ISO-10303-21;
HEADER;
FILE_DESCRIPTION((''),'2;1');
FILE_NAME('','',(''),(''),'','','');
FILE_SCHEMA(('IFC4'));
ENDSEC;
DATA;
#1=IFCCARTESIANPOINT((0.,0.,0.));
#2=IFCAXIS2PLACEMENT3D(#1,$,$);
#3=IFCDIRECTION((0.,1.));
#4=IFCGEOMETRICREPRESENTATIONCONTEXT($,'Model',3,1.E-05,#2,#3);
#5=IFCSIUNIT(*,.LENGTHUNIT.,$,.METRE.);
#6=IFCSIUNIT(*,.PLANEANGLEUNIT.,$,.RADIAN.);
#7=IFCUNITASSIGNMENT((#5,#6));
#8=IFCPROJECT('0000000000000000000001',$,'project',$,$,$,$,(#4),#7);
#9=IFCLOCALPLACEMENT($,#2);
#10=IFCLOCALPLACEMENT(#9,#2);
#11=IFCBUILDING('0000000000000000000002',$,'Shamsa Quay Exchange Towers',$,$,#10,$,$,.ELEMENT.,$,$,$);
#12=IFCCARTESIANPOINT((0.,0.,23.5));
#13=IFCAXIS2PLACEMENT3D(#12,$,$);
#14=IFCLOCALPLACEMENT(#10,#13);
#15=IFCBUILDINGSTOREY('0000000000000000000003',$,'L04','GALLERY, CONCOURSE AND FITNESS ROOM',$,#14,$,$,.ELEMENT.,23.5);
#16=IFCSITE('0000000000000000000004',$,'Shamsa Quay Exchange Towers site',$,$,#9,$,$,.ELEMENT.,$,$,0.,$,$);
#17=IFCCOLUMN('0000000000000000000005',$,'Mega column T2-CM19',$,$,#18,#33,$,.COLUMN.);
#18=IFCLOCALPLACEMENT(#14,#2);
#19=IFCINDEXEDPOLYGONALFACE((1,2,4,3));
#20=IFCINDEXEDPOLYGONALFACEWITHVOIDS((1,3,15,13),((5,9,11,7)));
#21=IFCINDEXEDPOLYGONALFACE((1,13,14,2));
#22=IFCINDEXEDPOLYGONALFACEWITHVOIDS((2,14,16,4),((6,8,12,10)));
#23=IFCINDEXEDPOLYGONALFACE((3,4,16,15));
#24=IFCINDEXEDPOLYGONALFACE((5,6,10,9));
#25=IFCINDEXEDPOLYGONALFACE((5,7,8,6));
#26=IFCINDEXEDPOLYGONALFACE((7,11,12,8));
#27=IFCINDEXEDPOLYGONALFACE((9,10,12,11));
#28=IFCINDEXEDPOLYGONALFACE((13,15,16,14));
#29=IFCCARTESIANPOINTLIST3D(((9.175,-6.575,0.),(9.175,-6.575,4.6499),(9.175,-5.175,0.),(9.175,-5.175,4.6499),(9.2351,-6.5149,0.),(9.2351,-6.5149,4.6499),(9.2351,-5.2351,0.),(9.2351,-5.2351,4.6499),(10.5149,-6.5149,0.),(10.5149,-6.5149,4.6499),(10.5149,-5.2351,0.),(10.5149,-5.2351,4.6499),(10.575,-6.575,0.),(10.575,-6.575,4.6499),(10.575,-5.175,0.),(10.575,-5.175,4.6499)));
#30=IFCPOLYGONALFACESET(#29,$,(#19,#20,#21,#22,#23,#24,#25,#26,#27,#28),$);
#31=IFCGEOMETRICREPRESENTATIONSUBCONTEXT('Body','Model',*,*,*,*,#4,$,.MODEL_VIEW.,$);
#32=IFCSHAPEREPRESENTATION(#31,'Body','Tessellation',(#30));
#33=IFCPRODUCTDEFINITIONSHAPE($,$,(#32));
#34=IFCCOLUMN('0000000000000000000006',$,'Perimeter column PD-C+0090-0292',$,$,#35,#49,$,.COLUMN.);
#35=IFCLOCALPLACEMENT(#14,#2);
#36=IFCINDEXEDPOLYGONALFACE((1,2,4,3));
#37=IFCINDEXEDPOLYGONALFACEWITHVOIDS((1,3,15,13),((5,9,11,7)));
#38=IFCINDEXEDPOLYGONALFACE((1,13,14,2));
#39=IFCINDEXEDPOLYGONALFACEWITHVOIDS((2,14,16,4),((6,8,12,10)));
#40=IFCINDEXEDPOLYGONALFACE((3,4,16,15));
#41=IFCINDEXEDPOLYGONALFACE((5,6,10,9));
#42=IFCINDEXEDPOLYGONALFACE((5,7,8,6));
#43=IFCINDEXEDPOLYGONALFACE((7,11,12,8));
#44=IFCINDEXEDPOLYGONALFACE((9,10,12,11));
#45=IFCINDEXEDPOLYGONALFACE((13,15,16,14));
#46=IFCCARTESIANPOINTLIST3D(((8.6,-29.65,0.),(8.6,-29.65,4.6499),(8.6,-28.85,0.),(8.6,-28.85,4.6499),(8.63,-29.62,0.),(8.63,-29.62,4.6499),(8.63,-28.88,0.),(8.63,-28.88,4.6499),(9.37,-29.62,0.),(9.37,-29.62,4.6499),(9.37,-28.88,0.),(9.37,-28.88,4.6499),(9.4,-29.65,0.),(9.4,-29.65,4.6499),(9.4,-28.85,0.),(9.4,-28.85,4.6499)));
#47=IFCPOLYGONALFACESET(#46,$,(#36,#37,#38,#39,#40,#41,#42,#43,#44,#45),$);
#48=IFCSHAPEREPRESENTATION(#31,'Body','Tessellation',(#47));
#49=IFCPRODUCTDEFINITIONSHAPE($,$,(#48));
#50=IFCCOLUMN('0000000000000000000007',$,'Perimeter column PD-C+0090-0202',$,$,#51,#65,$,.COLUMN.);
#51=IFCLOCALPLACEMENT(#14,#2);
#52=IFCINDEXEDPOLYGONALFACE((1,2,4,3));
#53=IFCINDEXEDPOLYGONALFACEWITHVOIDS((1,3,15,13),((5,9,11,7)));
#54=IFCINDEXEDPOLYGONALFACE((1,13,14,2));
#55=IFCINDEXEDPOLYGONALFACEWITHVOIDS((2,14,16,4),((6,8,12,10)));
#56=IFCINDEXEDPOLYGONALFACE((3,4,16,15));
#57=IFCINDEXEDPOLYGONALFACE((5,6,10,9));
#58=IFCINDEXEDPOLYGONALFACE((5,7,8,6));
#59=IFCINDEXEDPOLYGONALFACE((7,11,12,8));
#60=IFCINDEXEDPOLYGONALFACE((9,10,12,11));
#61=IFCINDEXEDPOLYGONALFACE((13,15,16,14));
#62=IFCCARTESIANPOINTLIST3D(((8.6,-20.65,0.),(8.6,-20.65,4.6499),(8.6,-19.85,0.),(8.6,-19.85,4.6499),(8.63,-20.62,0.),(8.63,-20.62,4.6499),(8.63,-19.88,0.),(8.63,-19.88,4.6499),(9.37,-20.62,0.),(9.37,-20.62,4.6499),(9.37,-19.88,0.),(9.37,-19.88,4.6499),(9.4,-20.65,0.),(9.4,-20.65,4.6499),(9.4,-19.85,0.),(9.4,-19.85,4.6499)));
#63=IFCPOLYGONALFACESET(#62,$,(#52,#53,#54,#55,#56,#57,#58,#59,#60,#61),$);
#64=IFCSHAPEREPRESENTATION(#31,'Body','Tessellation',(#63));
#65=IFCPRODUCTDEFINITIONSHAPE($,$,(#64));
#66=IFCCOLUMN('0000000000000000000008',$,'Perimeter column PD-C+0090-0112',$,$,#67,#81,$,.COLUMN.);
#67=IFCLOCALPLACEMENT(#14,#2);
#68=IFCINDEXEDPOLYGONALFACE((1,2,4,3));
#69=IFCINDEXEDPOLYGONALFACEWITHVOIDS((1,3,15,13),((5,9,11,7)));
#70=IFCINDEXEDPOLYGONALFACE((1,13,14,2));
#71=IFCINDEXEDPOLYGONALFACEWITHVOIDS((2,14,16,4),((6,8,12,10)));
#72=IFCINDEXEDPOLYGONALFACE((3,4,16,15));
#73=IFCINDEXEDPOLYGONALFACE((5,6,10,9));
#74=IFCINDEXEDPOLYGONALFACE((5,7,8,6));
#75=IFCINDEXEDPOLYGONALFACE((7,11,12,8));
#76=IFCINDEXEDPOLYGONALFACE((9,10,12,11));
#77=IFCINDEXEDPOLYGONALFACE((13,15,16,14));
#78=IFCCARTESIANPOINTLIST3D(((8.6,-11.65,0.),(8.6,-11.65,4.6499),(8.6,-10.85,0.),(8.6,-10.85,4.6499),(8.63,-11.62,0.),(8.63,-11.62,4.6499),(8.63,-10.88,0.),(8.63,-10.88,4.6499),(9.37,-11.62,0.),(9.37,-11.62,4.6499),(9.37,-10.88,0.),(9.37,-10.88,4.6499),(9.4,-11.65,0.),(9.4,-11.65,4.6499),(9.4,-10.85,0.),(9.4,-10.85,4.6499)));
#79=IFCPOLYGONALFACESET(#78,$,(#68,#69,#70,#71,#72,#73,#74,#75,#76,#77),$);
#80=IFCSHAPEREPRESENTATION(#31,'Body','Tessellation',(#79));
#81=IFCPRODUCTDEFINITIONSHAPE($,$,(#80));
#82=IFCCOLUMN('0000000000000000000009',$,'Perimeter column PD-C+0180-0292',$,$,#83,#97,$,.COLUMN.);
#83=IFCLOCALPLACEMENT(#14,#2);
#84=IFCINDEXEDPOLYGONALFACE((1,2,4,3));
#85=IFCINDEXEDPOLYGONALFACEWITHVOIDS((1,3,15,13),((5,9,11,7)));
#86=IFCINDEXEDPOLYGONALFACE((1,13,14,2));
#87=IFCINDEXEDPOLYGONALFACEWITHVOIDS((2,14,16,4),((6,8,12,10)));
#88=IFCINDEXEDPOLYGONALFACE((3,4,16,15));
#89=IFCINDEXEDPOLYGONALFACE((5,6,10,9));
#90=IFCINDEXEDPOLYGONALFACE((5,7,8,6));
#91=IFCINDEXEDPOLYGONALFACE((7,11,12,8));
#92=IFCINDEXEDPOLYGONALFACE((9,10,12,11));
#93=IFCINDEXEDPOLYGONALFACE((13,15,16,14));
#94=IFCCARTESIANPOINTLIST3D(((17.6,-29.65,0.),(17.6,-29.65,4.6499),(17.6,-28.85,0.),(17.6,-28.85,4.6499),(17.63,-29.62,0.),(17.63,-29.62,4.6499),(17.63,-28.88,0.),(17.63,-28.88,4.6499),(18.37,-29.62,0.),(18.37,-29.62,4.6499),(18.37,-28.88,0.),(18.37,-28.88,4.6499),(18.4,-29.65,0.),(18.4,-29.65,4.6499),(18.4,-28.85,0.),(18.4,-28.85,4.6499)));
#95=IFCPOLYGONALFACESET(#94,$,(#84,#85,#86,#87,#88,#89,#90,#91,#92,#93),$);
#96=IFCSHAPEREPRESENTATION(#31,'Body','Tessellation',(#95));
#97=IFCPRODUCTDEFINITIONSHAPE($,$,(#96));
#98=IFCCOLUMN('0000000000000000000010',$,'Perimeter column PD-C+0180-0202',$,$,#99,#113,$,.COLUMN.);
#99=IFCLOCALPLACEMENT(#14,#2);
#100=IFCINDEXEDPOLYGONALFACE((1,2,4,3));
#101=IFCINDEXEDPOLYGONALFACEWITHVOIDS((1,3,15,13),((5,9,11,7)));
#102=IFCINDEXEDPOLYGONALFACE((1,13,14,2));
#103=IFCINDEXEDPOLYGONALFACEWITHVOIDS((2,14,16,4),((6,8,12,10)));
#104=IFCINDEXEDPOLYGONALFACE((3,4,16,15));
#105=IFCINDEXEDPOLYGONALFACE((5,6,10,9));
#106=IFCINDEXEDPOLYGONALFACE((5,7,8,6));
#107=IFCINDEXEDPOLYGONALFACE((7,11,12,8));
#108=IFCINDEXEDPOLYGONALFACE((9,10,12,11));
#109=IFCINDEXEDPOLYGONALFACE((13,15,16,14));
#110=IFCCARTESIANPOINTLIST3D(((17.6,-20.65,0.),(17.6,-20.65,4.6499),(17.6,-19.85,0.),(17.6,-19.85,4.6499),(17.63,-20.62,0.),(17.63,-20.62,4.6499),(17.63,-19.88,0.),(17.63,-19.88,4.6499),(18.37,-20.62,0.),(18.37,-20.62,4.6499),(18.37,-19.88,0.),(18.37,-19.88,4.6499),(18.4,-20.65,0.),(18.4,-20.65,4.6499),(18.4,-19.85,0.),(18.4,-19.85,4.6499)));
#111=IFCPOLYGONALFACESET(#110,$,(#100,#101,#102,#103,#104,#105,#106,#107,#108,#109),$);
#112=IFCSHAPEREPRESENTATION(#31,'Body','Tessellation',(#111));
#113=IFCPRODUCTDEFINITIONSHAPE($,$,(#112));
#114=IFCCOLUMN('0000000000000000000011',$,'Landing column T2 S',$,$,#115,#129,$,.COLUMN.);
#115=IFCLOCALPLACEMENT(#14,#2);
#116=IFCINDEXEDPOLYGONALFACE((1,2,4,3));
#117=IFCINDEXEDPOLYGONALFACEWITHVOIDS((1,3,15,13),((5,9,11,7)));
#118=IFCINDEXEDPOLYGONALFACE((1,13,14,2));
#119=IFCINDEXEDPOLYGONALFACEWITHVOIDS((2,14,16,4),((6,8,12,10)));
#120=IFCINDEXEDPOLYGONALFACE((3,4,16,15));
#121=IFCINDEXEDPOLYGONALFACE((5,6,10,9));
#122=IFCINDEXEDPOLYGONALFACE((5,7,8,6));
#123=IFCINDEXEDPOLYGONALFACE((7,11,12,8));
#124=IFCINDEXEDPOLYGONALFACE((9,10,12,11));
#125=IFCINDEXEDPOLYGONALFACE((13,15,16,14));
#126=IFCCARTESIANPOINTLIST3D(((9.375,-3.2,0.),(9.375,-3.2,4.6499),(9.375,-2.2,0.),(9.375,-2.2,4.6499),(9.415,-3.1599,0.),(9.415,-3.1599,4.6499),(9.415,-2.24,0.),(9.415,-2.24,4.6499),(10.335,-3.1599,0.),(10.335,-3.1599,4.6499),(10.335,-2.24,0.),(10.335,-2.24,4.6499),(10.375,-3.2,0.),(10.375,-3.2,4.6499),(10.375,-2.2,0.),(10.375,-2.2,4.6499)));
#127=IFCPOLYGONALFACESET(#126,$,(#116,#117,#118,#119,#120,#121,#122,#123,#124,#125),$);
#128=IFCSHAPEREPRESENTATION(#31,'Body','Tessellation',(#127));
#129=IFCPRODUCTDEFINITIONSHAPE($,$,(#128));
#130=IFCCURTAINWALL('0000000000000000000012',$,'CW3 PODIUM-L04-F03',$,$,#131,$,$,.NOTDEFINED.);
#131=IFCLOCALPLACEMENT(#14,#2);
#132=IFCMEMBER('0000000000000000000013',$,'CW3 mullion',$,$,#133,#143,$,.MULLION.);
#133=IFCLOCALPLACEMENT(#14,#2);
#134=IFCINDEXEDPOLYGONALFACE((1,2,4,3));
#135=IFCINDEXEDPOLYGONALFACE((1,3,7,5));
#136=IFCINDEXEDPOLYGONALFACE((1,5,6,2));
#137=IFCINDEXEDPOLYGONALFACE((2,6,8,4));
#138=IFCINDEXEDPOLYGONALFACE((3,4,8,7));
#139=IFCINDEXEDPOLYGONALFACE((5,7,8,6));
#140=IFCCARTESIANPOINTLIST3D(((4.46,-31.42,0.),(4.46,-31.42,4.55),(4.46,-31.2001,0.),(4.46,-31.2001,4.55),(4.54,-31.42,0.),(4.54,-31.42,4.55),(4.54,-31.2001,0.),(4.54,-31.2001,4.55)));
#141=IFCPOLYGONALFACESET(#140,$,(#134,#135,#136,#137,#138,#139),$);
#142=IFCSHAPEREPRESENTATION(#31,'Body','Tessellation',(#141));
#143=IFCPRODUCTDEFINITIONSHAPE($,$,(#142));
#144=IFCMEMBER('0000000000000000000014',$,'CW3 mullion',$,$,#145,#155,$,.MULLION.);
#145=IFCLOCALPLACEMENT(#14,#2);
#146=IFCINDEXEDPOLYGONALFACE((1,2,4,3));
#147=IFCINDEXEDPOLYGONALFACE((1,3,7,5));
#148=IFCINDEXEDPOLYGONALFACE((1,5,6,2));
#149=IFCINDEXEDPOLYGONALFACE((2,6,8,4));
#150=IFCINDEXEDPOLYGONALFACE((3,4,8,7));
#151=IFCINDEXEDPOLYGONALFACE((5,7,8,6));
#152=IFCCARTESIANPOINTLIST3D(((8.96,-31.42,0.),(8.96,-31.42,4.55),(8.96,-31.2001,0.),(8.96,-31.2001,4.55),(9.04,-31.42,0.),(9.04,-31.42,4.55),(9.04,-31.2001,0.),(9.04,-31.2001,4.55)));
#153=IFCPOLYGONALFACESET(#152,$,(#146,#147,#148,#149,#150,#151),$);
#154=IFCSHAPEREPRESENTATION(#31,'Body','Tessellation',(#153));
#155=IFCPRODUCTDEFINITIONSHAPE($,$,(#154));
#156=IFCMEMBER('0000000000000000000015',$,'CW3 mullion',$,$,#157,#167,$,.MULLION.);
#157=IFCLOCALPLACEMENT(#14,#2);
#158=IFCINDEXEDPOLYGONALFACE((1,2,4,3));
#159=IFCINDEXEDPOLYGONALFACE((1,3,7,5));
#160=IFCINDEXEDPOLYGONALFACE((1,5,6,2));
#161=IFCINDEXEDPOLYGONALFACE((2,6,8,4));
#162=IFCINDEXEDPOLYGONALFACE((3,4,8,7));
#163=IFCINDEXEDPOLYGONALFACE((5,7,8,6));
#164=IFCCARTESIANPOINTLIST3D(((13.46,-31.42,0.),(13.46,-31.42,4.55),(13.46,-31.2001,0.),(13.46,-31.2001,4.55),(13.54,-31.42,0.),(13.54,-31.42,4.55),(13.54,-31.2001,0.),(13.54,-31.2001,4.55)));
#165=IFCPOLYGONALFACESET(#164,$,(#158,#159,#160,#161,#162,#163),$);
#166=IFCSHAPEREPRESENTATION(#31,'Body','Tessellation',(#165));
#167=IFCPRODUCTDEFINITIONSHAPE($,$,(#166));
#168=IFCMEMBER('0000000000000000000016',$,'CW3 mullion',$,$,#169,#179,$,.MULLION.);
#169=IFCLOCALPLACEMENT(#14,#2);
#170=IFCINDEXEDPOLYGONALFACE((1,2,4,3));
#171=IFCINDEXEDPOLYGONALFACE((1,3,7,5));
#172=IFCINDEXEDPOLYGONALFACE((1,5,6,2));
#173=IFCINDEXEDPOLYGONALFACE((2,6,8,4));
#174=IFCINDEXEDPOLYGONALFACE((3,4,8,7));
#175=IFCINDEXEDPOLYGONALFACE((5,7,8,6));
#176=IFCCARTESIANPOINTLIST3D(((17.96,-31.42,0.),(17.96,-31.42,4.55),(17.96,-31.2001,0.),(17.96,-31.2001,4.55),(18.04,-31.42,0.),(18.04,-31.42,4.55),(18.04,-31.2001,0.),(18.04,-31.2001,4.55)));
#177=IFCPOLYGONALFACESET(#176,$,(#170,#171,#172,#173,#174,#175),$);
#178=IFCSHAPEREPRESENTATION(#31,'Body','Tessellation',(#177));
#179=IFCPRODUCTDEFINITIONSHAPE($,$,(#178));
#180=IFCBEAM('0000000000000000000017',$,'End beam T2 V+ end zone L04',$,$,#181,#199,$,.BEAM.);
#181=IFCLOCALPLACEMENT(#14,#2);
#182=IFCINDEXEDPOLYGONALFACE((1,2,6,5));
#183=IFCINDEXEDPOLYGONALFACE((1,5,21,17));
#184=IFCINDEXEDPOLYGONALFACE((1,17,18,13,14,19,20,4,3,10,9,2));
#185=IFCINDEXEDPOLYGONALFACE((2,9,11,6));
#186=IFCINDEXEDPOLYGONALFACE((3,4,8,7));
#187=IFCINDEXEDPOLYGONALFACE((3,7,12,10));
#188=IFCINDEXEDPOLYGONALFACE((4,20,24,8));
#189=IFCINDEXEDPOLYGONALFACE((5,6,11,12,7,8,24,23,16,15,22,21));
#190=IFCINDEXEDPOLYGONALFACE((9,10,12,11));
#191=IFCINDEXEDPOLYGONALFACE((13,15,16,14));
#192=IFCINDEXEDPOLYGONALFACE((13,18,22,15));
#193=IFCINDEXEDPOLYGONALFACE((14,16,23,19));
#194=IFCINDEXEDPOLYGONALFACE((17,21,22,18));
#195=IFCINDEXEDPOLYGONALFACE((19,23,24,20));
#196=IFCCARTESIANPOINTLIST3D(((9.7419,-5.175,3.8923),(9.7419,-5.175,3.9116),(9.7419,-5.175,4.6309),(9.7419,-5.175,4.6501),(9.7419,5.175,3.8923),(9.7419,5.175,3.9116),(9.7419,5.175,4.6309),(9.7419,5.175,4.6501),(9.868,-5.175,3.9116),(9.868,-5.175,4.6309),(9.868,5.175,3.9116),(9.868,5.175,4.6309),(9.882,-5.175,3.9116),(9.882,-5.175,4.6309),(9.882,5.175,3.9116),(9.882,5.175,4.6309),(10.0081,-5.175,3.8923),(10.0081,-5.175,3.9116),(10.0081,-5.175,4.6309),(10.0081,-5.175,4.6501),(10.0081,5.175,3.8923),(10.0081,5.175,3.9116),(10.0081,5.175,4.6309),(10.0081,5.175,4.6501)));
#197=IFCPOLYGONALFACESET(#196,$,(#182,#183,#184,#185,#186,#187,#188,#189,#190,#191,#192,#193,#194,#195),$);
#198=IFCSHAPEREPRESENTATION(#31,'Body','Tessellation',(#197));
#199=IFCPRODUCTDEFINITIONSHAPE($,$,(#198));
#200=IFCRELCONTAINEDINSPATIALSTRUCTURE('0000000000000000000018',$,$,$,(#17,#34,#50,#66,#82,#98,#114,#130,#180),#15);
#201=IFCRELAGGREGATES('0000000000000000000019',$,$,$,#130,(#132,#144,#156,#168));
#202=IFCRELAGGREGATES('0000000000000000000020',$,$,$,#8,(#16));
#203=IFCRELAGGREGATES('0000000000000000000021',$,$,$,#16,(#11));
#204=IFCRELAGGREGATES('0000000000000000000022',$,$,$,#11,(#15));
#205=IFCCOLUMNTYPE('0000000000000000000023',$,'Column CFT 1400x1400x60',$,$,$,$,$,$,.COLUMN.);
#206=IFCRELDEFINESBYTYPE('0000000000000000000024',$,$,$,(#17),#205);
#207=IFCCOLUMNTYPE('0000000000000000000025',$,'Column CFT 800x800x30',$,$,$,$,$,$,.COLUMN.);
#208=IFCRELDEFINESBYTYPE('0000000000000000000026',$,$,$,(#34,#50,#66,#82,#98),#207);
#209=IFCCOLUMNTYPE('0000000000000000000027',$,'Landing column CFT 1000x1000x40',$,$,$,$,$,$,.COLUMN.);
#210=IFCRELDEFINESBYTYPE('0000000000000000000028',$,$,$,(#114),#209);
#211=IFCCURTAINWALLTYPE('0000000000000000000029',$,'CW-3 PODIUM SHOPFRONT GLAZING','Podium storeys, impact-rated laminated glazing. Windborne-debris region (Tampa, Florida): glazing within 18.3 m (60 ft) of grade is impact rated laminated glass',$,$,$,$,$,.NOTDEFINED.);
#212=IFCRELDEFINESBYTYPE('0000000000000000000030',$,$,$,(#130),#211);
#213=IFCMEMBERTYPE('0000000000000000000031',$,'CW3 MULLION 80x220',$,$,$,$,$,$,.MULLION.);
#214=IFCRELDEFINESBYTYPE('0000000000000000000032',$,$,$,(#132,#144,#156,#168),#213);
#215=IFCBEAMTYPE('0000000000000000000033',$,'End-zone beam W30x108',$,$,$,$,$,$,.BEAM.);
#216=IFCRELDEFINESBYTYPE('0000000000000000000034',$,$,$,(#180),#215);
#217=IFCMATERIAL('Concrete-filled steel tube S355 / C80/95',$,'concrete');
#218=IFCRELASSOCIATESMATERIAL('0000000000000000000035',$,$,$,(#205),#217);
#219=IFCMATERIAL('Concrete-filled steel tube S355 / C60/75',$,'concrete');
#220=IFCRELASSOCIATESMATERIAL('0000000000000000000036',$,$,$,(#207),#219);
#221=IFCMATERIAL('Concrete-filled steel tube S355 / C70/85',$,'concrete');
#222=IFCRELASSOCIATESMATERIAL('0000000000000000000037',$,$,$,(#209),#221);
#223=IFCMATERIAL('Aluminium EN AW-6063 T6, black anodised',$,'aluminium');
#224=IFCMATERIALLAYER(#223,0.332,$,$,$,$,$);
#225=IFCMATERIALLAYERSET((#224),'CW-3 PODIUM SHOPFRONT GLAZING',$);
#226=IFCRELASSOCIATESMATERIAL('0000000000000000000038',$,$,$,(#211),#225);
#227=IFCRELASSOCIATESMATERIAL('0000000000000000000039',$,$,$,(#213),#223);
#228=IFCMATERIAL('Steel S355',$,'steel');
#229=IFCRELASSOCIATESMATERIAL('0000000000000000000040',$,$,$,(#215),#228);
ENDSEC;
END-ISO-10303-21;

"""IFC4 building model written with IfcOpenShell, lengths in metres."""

from ifc_helpers import new_model, si_unit, direction, frame, origin, origin_2d, place, context, subcontext, project, spatial, rectangle, hollow_rectangle, i_section, extrude, material, layer, layer_set, material_profile, profile_set, type_object, element, aggregate, save


model = new_model("IFC4")

# Units and contexts
model_context = context("Model", 3, precision=1e-05, world=origin(), true_north=direction((0.0, 1.0)))
body_context = subcontext(model_context, "Body", "Model", "MODEL_VIEW")
ifc_project = project(units=[si_unit("LENGTHUNIT", "METRE"), si_unit("PLANEANGLEUNIT", "RADIAN")], contexts=[model_context])

# Site, building, storey
site_placement = place(None, origin())
site = spatial("IfcSite", under=ifc_project, at=site_placement, Name="Shamsa Quay Exchange Towers site", CompositionType="ELEMENT", RefElevation=0.0)
building_placement = place(site_placement, origin())
building = spatial("IfcBuilding", under=site, at=building_placement, Name="Shamsa Quay Exchange Towers", CompositionType="ELEMENT")
storey_placement = place(building_placement, frame((0.0, 0.0, 23.5)))
storey = spatial("IfcBuildingStorey", under=building, at=storey_placement, Name="L04", Description="GALLERY, CONCOURSE AND FITNESS ROOM", CompositionType="ELEMENT", Elevation=23.5)

# Columns
ifc_material_1 = material(Name="Concrete-filled steel tube S355 / C80/95", Category="concrete")
ifc_material_profile_1 = material_profile(ifc_material_1, hollow_rectangle(XDim=1.3999, YDim=1.3999, WallThickness=0.0601, at=origin_2d()), Name="CFT 1400x1400x60")
ifc_profile_set_1 = profile_set([ifc_material_profile_1], Name="Concrete-filled steel tube S355 / C80/95")
column_type_1 = type_object("IfcColumnType", Name="Column CFT 1400x1400x60", PredefinedType="COLUMN", material=ifc_profile_set_1)
column_1_placement = place(storey_placement, frame((9.875, -5.875, 0.0)))
element("IfcColumn", 1, at=column_1_placement, inside=storey, type_object=column_type_1, Name="Mega column T2-CM19", PredefinedType="COLUMN", context=body_context, shape_type="SweptSolid", body=[
    extrude(hollow_rectangle(XDim=1.3999, YDim=1.3999, WallThickness=0.0601, at=origin_2d()), origin(), (0.0, 0.0, 1.0), 4.6499),
])
ifc_material_2 = material(Name="Concrete-filled steel tube S355 / C60/75", Category="concrete")
ifc_material_profile_2 = material_profile(ifc_material_2, hollow_rectangle(XDim=0.8, YDim=0.8, WallThickness=0.03, at=origin_2d()), Name="CFT 800x800x30")
ifc_profile_set_2 = profile_set([ifc_material_profile_2], Name="Concrete-filled steel tube S355 / C60/75")
column_type_2 = type_object("IfcColumnType", Name="Column CFT 800x800x30", PredefinedType="COLUMN", material=ifc_profile_set_2)
for number, where, name in (
    (2, (9.0, -29.25, 0.0), "Perimeter column PD-C+0090-0292"),
    (3, (9.0, -20.25, 0.0), "Perimeter column PD-C+0090-0202"),
    (4, (9.0, -11.25, 0.0), "Perimeter column PD-C+0090-0112"),
    (5, (18.0, -29.25, 0.0), "Perimeter column PD-C+0180-0292"),
    (6, (18.0, -20.25, 0.0), "Perimeter column PD-C+0180-0202"),
):
    element("IfcColumn", number, at=place(storey_placement, frame(where)), inside=storey, type_object=column_type_2, Name=name, PredefinedType="COLUMN", context=body_context, shape_type="SweptSolid", body=[
        extrude(hollow_rectangle(XDim=0.8, YDim=0.8, WallThickness=0.03, at=origin_2d()), origin(), (0.0, 0.0, 1.0), 4.6499),
    ])
ifc_material_3 = material(Name="Concrete-filled steel tube S355 / C70/85", Category="concrete")
ifc_material_profile_3 = material_profile(ifc_material_3, hollow_rectangle(XDim=1.0, YDim=1.0, WallThickness=0.04, at=origin_2d()), Name="CFT 1000x1000x40")
ifc_profile_set_3 = profile_set([ifc_material_profile_3], Name="Concrete-filled steel tube S355 / C70/85")
column_type_3 = type_object("IfcColumnType", Name="Landing column CFT 1000x1000x40", PredefinedType="COLUMN", material=ifc_profile_set_3)
column_2_placement = place(storey_placement, frame((9.875, -2.7, 0.0)))
element("IfcColumn", 7, at=column_2_placement, inside=storey, type_object=column_type_3, Name="Landing column T2 S", PredefinedType="COLUMN", context=body_context, shape_type="SweptSolid", body=[
    extrude(hollow_rectangle(XDim=1.0, YDim=1.0, WallThickness=0.04, at=origin_2d()), origin(), (0.0, 0.0, 1.0), 4.6499),
])

# Curtain wall, members
ifc_material_4 = material(Name="Aluminium EN AW-6063 T6, black anodised", Category="aluminium")
ifc_layer_1 = layer(ifc_material_4, 0.332)
ifc_layer_set_1 = layer_set([ifc_layer_1], Name="CW-3 PODIUM SHOPFRONT GLAZING")
curtain_wall_type = type_object("IfcCurtainWallType", Name="CW-3 PODIUM SHOPFRONT GLAZING", Description="Podium storeys, impact-rated laminated glazing. Windborne-debris region (Tampa, Florida): glazing within 18.3 m (60 ft) of grade is impact rated laminated glass", PredefinedType="NOTDEFINED", material=ifc_layer_set_1)
curtain_wall_placement = place(storey_placement, origin())
curtain_wall = element("IfcCurtainWall", 8, at=curtain_wall_placement, inside=storey, type_object=curtain_wall_type, Name="CW3 PODIUM-L04-F03", PredefinedType="NOTDEFINED")
ifc_material_profile_4 = material_profile(ifc_material_4, rectangle(XDim=0.22, YDim=0.0801, at=origin_2d()), Name="MU80x220")
ifc_profile_set_4 = profile_set([ifc_material_profile_4], Name="Aluminium EN AW-6063 T6, black anodised")
member_type = type_object("IfcMemberType", Name="CW3 MULLION 80x220", PredefinedType="MULLION", material=ifc_profile_set_4)
member_1_placement = place(storey_placement, frame((4.5, -31.3101, 0.0), z_axis=(0.0, 0.0, 1.0), x_axis=(0.0, 1.0, 0.0)))
member_1 = element("IfcMember", 9, at=member_1_placement, type_object=member_type, Name="CW3 mullion", PredefinedType="MULLION", context=body_context, shape_type="SweptSolid", body=[
    extrude(rectangle(XDim=0.22, YDim=0.0801, at=origin_2d()), origin(), (0.0, 0.0, 1.0), 4.55),
])
member_2_placement = place(storey_placement, frame((9.0, -31.3101, 0.0), z_axis=(0.0, 0.0, 1.0), x_axis=(0.0, 1.0, 0.0)))
member_2 = element("IfcMember", 10, at=member_2_placement, type_object=member_type, Name="CW3 mullion", PredefinedType="MULLION", context=body_context, shape_type="SweptSolid", body=[
    extrude(rectangle(XDim=0.22, YDim=0.0801, at=origin_2d()), origin(), (0.0, 0.0, 1.0), 4.55),
])
member_3_placement = place(storey_placement, frame((13.5, -31.3101, 0.0), z_axis=(0.0, 0.0, 1.0), x_axis=(0.0, 1.0, 0.0)))
member_3 = element("IfcMember", 11, at=member_3_placement, type_object=member_type, Name="CW3 mullion", PredefinedType="MULLION", context=body_context, shape_type="SweptSolid", body=[
    extrude(rectangle(XDim=0.22, YDim=0.0801, at=origin_2d()), origin(), (0.0, 0.0, 1.0), 4.55),
])
member_4_placement = place(storey_placement, frame((18.0, -31.3101, 0.0), z_axis=(0.0, 0.0, 1.0), x_axis=(0.0, 1.0, 0.0)))
member_4 = element("IfcMember", 12, at=member_4_placement, type_object=member_type, Name="CW3 mullion", PredefinedType="MULLION", context=body_context, shape_type="SweptSolid", body=[
    extrude(rectangle(XDim=0.22, YDim=0.0801, at=origin_2d()), origin(), (0.0, 0.0, 1.0), 4.55),
])

# Beam
ifc_material_5 = material(Name="Steel S355", Category="steel")
ifc_material_profile_5 = material_profile(ifc_material_5, i_section(OverallWidth=0.2661, OverallDepth=0.7578, WebThickness=0.0139, FlangeThickness=0.0193, at=origin_2d()), Name="W30x108")
ifc_profile_set_5 = profile_set([ifc_material_profile_5], Name="Steel S355")
beam_type = type_object("IfcBeamType", Name="End-zone beam W30x108", PredefinedType="BEAM", material=ifc_profile_set_5)
beam_1_placement = place(storey_placement, frame((9.875, -5.175, 4.2712), z_axis=(0.0, 1.0, 0.0), x_axis=(-1.0, 0.0, 0.0)))
element("IfcBeam", 13, at=beam_1_placement, inside=storey, type_object=beam_type, Name="End beam T2 V+ end zone L04", PredefinedType="BEAM", context=body_context, shape_type="SweptSolid", body=[
    extrude(i_section(OverallWidth=0.2661, OverallDepth=0.7578, WebThickness=0.0139, FlangeThickness=0.0193, at=origin_2d()), origin(), (0.0, 0.0, 1.0), 10.3501),
])

aggregate(curtain_wall, [member_1, member_2, member_3, member_4])

save(model, "model.ifc")
